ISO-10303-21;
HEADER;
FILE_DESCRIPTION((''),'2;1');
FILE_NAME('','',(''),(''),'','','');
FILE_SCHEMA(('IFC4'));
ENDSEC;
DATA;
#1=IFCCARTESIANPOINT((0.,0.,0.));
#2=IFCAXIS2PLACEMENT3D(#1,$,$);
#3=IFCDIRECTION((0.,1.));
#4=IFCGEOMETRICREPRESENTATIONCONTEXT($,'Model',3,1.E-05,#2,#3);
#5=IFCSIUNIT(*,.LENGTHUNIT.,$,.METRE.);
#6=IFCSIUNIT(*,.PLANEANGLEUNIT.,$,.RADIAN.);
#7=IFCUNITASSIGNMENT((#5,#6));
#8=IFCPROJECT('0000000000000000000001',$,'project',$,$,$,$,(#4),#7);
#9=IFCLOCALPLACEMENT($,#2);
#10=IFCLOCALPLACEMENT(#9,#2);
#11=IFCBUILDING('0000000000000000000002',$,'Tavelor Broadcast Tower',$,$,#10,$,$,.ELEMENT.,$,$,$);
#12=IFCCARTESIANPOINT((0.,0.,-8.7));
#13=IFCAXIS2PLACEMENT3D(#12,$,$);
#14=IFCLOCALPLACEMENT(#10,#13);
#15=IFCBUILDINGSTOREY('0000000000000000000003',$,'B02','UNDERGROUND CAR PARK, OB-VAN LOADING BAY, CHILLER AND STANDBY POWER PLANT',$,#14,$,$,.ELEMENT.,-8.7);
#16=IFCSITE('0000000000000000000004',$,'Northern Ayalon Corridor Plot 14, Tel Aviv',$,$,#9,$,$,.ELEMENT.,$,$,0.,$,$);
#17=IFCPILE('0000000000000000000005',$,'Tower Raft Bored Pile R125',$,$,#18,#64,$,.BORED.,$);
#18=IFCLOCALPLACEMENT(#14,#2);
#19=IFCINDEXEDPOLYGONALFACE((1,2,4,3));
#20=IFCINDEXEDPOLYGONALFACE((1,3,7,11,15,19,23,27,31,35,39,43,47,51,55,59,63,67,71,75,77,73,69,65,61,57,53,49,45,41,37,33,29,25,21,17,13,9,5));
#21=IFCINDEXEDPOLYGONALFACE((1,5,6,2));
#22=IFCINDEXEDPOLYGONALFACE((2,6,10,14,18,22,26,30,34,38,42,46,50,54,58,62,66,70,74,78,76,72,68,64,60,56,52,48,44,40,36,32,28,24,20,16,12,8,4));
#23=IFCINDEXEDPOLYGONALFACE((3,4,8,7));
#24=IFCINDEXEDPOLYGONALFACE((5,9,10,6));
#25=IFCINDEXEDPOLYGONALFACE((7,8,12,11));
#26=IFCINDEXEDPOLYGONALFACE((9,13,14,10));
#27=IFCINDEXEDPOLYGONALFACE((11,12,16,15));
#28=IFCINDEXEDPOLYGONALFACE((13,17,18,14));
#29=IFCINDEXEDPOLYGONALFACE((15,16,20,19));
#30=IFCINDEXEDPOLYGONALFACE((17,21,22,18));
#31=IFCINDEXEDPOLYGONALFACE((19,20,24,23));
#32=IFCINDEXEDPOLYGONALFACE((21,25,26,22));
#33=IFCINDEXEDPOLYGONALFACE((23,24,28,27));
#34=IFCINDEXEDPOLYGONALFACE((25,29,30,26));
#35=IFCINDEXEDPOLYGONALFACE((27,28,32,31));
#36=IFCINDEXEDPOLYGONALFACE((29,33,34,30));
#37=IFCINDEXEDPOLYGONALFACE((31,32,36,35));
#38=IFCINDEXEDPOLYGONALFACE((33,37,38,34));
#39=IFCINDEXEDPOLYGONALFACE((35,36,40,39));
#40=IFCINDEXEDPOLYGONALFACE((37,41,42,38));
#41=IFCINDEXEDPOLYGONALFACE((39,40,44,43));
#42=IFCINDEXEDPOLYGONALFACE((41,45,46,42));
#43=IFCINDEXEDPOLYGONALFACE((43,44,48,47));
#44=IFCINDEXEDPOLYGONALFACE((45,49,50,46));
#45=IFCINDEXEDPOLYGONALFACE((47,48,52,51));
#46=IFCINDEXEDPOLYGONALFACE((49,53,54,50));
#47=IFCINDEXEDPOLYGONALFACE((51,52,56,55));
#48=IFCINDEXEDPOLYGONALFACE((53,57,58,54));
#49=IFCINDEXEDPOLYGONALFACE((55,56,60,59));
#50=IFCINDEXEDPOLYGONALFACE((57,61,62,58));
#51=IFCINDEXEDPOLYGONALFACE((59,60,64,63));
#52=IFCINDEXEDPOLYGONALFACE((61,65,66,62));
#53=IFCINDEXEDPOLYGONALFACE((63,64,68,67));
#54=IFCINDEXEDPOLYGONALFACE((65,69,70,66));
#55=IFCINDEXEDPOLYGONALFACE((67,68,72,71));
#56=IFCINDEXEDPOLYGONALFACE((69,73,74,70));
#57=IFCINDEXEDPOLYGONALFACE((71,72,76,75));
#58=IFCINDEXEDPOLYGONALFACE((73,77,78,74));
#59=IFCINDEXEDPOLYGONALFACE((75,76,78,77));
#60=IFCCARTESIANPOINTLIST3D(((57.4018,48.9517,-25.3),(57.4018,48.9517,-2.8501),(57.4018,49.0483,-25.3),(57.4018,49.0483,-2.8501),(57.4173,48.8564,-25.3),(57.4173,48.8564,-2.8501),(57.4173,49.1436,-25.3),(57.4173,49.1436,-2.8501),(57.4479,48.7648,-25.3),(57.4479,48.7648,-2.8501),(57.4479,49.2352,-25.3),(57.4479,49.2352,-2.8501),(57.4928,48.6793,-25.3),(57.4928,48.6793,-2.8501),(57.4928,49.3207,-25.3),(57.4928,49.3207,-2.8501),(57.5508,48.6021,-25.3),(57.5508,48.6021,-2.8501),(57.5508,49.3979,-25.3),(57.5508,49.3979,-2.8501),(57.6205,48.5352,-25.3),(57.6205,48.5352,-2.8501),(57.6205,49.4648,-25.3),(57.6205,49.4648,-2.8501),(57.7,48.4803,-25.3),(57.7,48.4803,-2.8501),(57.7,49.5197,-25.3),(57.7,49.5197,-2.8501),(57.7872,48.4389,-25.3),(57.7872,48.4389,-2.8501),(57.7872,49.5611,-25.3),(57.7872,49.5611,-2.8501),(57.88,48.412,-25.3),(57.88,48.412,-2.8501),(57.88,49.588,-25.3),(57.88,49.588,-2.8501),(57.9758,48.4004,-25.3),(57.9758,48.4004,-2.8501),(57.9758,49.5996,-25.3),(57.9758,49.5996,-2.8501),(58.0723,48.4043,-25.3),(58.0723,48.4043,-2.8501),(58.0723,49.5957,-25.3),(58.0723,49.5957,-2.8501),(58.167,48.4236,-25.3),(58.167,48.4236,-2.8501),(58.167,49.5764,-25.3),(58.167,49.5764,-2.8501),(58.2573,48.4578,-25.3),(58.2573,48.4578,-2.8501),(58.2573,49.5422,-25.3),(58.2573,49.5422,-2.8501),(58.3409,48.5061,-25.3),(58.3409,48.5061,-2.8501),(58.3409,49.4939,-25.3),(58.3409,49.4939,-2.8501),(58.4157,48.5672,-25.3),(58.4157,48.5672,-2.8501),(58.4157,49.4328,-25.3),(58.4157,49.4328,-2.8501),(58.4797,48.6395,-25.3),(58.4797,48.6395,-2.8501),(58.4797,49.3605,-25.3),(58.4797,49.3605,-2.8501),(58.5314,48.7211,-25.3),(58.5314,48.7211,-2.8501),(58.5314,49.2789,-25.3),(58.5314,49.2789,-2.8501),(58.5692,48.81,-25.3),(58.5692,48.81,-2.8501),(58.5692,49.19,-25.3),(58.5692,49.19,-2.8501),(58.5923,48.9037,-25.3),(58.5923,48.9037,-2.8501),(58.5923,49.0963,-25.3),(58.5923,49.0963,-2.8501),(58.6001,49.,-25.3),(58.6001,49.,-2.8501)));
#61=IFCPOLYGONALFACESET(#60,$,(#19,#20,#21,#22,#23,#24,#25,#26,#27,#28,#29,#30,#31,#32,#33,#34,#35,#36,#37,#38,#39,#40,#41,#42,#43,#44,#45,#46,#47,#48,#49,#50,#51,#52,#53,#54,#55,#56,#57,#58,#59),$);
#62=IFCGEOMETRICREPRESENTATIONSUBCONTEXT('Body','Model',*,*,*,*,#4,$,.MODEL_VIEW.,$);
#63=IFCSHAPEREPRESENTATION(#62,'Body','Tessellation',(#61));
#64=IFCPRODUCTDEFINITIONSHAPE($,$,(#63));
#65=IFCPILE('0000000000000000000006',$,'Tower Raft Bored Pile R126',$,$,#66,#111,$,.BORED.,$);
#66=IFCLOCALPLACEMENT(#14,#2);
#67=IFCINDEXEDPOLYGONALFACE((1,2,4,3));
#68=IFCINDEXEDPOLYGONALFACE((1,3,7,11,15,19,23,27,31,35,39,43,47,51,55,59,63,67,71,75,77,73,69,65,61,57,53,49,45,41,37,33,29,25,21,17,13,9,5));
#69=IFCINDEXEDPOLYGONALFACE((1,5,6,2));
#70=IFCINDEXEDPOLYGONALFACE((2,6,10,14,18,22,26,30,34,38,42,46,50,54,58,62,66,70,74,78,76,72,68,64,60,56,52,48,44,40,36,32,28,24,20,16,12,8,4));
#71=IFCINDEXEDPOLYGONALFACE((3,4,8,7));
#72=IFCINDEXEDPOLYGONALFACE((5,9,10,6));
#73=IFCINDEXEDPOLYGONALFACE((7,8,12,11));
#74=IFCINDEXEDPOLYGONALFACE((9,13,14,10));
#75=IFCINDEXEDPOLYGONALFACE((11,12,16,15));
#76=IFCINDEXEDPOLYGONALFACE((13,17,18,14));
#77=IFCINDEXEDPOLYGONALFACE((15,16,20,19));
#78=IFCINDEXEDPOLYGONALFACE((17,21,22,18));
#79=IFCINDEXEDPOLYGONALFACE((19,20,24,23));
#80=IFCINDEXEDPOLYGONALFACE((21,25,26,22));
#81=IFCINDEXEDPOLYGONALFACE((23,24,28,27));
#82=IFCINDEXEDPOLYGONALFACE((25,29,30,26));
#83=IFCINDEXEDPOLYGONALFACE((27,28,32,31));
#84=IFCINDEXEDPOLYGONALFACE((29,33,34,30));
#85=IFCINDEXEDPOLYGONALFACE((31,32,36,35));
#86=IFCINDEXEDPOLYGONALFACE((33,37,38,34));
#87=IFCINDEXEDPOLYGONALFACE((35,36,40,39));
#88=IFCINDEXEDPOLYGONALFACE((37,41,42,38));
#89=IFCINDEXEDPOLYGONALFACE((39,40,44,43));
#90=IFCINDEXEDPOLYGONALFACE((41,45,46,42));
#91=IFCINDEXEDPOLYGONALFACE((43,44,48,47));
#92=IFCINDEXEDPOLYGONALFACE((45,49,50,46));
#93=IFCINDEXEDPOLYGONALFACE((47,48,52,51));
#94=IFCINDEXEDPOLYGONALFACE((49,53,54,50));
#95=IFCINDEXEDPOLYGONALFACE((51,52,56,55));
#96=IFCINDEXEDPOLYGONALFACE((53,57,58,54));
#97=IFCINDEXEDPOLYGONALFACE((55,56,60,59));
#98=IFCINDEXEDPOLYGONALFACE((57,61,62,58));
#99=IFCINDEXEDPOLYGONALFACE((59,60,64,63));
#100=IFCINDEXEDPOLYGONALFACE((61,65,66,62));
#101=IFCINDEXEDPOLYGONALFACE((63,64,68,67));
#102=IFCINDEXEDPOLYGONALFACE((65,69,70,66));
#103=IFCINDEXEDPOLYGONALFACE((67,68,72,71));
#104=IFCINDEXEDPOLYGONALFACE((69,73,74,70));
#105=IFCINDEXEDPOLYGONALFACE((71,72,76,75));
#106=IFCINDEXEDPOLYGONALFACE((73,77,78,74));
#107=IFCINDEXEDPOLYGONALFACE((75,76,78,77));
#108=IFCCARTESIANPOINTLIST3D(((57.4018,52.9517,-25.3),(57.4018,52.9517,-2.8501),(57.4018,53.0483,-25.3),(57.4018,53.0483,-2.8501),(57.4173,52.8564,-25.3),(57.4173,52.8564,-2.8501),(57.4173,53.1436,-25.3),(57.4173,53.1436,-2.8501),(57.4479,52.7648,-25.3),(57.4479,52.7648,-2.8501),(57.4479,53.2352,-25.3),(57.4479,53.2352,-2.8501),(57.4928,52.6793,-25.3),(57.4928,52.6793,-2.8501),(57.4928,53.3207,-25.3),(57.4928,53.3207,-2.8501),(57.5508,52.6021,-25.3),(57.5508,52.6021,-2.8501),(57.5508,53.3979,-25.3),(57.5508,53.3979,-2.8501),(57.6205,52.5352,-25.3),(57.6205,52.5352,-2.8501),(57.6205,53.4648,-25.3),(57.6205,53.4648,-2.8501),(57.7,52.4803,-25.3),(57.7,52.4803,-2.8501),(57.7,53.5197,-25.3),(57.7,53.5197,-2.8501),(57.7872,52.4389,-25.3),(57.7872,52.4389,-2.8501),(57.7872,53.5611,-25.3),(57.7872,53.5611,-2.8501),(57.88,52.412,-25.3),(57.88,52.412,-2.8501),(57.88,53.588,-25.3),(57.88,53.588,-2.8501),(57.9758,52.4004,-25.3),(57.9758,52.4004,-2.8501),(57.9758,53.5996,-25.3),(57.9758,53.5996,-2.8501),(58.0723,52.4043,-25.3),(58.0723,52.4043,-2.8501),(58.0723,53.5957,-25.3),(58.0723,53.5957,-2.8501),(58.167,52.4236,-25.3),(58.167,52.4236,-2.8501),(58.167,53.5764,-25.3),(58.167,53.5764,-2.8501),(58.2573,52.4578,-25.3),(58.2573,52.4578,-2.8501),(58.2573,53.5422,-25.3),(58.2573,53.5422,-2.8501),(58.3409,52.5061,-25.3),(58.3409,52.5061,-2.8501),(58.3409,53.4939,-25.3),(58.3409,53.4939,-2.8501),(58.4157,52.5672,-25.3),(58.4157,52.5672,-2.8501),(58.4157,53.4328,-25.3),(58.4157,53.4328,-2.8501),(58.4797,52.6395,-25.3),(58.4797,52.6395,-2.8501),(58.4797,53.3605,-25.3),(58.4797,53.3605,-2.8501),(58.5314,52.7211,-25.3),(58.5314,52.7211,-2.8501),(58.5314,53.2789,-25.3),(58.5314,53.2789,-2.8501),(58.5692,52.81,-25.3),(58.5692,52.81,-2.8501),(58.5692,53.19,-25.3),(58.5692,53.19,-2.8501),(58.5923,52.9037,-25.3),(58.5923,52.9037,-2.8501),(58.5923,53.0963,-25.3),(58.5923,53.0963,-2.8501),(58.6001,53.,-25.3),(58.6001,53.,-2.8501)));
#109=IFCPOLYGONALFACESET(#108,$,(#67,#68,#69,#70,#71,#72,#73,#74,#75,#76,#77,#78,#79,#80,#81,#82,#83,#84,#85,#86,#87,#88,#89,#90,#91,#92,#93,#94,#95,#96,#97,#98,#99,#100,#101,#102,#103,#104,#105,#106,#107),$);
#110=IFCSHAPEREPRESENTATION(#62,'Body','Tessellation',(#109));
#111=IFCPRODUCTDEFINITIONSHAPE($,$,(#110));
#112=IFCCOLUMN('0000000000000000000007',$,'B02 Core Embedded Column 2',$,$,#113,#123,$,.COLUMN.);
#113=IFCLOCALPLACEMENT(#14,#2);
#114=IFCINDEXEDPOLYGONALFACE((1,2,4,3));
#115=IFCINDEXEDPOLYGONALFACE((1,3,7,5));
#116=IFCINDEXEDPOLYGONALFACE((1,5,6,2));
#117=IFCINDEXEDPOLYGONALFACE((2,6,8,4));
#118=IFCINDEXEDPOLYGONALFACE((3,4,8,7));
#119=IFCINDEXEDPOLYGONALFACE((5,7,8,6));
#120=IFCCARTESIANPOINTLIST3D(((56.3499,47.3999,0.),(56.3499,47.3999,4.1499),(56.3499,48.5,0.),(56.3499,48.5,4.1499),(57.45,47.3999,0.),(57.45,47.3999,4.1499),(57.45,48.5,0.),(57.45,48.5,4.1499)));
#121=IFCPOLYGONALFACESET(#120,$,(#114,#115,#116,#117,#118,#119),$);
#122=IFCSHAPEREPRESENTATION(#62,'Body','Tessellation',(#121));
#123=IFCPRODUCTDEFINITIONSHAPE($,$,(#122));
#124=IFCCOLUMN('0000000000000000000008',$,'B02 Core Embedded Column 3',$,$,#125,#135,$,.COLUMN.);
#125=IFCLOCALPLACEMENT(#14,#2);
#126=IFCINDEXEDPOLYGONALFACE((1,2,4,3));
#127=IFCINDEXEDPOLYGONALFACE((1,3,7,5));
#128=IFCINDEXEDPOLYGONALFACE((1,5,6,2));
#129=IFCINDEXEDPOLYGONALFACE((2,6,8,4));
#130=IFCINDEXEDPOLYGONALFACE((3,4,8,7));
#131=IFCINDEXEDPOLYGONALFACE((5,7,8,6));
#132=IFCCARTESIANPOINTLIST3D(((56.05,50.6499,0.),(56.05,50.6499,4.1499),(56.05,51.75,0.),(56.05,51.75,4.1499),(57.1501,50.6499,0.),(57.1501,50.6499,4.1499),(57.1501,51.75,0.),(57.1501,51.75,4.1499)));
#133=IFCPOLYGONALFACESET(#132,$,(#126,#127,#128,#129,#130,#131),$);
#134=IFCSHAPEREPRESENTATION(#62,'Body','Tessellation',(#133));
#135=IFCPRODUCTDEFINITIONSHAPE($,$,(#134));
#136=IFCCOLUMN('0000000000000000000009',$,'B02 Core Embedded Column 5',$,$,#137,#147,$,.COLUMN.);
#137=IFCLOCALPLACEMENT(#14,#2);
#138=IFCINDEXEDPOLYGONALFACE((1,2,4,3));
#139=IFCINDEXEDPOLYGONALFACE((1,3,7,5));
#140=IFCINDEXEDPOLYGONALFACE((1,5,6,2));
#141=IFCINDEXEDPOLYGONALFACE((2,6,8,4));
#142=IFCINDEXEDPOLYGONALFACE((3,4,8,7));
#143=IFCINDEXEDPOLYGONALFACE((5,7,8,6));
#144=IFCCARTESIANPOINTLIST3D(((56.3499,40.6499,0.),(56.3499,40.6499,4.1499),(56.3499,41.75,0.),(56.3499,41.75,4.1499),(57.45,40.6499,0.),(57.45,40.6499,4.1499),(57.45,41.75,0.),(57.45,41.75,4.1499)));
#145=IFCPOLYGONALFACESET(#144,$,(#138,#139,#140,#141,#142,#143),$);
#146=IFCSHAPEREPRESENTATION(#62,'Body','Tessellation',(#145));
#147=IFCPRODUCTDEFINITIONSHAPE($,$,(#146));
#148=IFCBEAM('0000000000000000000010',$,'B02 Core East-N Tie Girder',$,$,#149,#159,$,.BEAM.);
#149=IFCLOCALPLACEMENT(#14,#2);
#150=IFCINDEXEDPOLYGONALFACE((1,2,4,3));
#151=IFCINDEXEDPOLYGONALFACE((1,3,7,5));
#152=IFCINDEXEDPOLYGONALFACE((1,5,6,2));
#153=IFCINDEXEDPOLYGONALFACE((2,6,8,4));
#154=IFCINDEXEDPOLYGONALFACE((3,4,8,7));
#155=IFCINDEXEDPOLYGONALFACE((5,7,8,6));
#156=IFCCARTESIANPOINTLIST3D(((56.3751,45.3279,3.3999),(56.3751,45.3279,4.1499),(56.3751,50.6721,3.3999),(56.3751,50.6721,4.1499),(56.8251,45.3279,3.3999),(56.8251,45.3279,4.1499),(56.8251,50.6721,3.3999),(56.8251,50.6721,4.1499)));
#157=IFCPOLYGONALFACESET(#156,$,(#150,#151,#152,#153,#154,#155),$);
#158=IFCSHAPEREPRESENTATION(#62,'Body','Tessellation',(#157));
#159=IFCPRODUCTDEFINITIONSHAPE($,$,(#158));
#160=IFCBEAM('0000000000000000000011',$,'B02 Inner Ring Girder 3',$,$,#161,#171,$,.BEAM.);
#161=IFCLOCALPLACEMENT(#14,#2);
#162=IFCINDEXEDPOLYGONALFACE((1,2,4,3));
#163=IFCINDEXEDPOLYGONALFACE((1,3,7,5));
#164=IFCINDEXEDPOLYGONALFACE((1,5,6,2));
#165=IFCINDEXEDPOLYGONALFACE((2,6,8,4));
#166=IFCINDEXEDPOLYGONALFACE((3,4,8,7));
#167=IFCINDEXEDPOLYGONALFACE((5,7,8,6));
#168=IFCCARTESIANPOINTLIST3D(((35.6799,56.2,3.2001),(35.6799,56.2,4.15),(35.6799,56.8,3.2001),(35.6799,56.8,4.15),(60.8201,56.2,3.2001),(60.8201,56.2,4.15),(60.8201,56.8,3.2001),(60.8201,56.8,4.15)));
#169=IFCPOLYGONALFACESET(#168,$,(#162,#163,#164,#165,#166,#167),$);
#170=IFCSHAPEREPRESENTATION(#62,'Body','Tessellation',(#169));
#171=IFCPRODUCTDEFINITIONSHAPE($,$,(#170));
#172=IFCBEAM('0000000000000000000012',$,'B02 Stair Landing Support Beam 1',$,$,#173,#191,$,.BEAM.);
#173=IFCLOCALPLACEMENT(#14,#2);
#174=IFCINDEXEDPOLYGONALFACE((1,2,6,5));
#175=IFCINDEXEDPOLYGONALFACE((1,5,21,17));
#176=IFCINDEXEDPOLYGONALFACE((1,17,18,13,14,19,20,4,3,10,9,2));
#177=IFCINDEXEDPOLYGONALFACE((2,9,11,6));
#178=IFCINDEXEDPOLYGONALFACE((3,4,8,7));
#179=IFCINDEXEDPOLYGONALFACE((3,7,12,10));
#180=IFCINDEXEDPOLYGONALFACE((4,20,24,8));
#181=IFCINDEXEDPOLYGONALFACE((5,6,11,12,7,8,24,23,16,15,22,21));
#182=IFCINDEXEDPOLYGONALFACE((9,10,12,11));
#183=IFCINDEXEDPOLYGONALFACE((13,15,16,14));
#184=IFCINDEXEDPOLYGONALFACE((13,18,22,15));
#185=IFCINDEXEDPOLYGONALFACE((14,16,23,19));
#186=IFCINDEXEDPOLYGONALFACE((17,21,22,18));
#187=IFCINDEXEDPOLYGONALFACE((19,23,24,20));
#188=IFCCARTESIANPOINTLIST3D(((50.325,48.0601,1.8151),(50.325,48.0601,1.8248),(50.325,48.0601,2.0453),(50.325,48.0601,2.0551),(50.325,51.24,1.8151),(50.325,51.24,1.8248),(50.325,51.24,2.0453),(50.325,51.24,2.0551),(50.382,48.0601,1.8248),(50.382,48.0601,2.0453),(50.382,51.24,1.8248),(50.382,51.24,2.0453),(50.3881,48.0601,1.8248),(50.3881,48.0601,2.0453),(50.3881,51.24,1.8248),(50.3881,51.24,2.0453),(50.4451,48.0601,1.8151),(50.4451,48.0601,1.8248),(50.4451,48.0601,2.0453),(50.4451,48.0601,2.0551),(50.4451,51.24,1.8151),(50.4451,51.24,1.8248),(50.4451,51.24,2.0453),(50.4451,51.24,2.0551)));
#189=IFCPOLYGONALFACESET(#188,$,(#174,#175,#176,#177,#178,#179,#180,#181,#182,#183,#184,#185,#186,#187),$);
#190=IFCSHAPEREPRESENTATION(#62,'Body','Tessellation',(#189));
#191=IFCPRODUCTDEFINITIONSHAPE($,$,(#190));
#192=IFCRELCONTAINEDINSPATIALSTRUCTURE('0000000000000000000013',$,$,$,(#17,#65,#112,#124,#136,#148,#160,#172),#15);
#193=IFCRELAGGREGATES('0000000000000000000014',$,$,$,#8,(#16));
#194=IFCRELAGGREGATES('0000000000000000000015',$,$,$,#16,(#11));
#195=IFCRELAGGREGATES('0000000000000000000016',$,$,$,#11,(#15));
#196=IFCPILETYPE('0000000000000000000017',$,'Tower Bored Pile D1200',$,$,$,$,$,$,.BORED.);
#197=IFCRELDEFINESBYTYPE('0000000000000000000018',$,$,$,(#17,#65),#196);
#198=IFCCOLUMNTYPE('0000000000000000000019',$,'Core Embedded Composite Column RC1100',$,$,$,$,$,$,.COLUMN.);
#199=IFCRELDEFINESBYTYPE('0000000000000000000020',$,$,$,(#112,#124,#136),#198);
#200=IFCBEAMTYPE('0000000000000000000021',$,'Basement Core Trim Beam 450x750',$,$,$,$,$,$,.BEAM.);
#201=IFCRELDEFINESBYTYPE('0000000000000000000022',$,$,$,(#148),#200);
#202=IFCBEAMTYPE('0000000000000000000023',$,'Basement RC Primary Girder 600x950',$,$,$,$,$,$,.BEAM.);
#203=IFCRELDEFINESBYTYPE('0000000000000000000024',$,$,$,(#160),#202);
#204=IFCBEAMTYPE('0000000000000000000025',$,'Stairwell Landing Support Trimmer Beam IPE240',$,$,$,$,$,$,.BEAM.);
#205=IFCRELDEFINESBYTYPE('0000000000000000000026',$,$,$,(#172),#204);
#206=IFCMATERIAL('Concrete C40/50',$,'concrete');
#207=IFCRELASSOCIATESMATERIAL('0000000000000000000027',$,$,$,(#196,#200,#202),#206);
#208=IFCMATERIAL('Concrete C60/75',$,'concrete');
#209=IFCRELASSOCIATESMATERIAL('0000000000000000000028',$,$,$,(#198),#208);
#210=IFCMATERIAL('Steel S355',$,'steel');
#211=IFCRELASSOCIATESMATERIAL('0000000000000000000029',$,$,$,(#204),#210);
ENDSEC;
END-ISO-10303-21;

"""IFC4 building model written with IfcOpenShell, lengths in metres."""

from ifc_helpers import new_model, si_unit, direction, frame, origin, origin_2d, place, context, subcontext, project, spatial, rectangle, circle, i_section, extrude, material, material_profile, profile_set, type_object, element, save


model = new_model("IFC4")

# Units and contexts
model_context = context("Model", 3, precision=1e-05, world=origin(), true_north=direction((0.0, 1.0)))
body_context = subcontext(model_context, "Body", "Model", "MODEL_VIEW")
ifc_project = project(units=[si_unit("LENGTHUNIT", "METRE"), si_unit("PLANEANGLEUNIT", "RADIAN")], contexts=[model_context])

# Site, building, storey
site_placement = place(None, origin())
site = spatial("IfcSite", under=ifc_project, at=site_placement, Name="Northern Ayalon Corridor Plot 14, Tel Aviv", CompositionType="ELEMENT", RefElevation=0.0)
building_placement = place(site_placement, origin())
building = spatial("IfcBuilding", under=site, at=building_placement, Name="Tavelor Broadcast Tower", CompositionType="ELEMENT")
storey_placement = place(building_placement, frame((0.0, 0.0, -8.7)))
storey = spatial("IfcBuildingStorey", under=building, at=storey_placement, Name="B02", Description="UNDERGROUND CAR PARK, OB-VAN LOADING BAY, CHILLER AND STANDBY POWER PLANT", CompositionType="ELEMENT", Elevation=-8.7)

# Piles
ifc_material_1 = material(Name="Concrete C40/50", Category="concrete")
ifc_material_profile_1 = material_profile(ifc_material_1, circle(Radius=0.6001, at=origin_2d()), Name="PILE D1200")
ifc_profile_set_1 = profile_set([ifc_material_profile_1], Name="Concrete C40/50")
pile_type = type_object("IfcPileType", Name="Tower Bored Pile D1200", PredefinedType="BORED", material=ifc_profile_set_1)
for number, where, z_axis, x_axis, name in (
    (1, (58.0, 49.0, -2.8501), (0.0, 0.0, -1.0), (1.0, 0.0, 0.0), "Tower Raft Bored Pile R125"),
    (2, (58.0, 53.0, -2.8501), (0.0, 0.0, -1.0), (1.0, 0.0, 0.0), "Tower Raft Bored Pile R126"),
):
    element("IfcPile", number, at=place(storey_placement, frame(where, z_axis=z_axis, x_axis=x_axis)), inside=storey, type_object=pile_type, Name=name, PredefinedType="BORED", context=body_context, shape_type="SweptSolid", body=[
        extrude(circle(Radius=0.6001, at=origin_2d()), origin(), (0.0, 0.0, 1.0), 22.45),
    ])

# Columns
ifc_material_2 = material(Name="Concrete C60/75", Category="concrete")
ifc_material_profile_2 = material_profile(ifc_material_2, rectangle(XDim=1.1001, YDim=1.1001, at=origin_2d()), Name="RC 1100x1100")
ifc_profile_set_2 = profile_set([ifc_material_profile_2], Name="Concrete C60/75")
column_type = type_object("IfcColumnType", Name="Core Embedded Composite Column RC1100", PredefinedType="COLUMN", material=ifc_profile_set_2)
for number, where, z_axis, x_axis, name in (
    (3, (56.8999, 47.95, 0.0), (0.0, 0.0, 1.0), (1.0, 0.0, 0.0), "B02 Core Embedded Column 2"),
    (4, (56.6001, 51.2, 0.0), (0.0, 0.0, 1.0), (1.0, 0.0, 0.0), "B02 Core Embedded Column 3"),
    (5, (56.8999, 41.2, 0.0), (0.0, 0.0, 1.0), (1.0, 0.0, 0.0), "B02 Core Embedded Column 5"),
):
    element("IfcColumn", number, at=place(storey_placement, frame(where, z_axis=z_axis, x_axis=x_axis)), inside=storey, type_object=column_type, Name=name, PredefinedType="COLUMN", context=body_context, shape_type="SweptSolid", body=[
        extrude(rectangle(XDim=1.1001, YDim=1.1001, at=origin_2d()), origin(), (0.0, 0.0, 1.0), 4.1499),
    ])

# Beams
ifc_material_profile_3 = material_profile(ifc_material_1, rectangle(XDim=0.45, YDim=0.75, at=origin_2d()), Name="RC 450x750")
ifc_profile_set_3 = profile_set([ifc_material_profile_3], Name="Concrete C40/50")
beam_type_1 = type_object("IfcBeamType", Name="Basement Core Trim Beam 450x750", PredefinedType="BEAM", material=ifc_profile_set_3)
beam_1_placement = place(storey_placement, frame((56.6001, 45.3279, 3.7749), z_axis=(0.0, 1.0, 0.0), x_axis=(-1.0, 0.0, 0.0)))
element("IfcBeam", 6, at=beam_1_placement, inside=storey, type_object=beam_type_1, Name="B02 Core East-N Tie Girder", PredefinedType="BEAM", context=body_context, shape_type="SweptSolid", body=[
    extrude(rectangle(XDim=0.45, YDim=0.75, at=origin_2d()), origin(), (0.0, 0.0, 1.0), 5.3442),
])
ifc_material_profile_4 = material_profile(ifc_material_1, rectangle(XDim=0.6001, YDim=0.95, at=origin_2d()), Name="RC 600x950")
ifc_profile_set_4 = profile_set([ifc_material_profile_4], Name="Concrete C40/50")
beam_type_2 = type_object("IfcBeamType", Name="Basement RC Primary Girder 600x950", PredefinedType="BEAM", material=ifc_profile_set_4)
beam_2_placement = place(storey_placement, frame((60.8201, 56.5, 3.675), z_axis=(-1.0, 0.0, 0.0), x_axis=(0.0, -1.0, 0.0)))
element("IfcBeam", 7, at=beam_2_placement, inside=storey, type_object=beam_type_2, Name="B02 Inner Ring Girder 3", PredefinedType="BEAM", context=body_context, shape_type="SweptSolid", body=[
    extrude(rectangle(XDim=0.6001, YDim=0.95, at=origin_2d()), origin(), (0.0, 0.0, 1.0), 25.1401),
])
ifc_material_3 = material(Name="Steel S355", Category="steel")
ifc_material_profile_5 = material_profile(ifc_material_3, i_section(OverallWidth=0.1201, OverallDepth=0.24, WebThickness=0.0061, FlangeThickness=0.0098, at=origin_2d()), Name="IPE 240")
ifc_profile_set_5 = profile_set([ifc_material_profile_5], Name="Steel S355")
beam_type_3 = type_object("IfcBeamType", Name="Stairwell Landing Support Trimmer Beam IPE240", PredefinedType="BEAM", material=ifc_profile_set_5)
for number, where, z_axis, x_axis, name in (
    (8, (50.385, 48.0601, 1.9351), (0.0, 1.0, 0.0), (-1.0, 0.0, 0.0), "B02 Stair Landing Support Beam 1"),
):
    element("IfcBeam", number, at=place(storey_placement, frame(where, z_axis=z_axis, x_axis=x_axis)), inside=storey, type_object=beam_type_3, Name=name, PredefinedType="BEAM", context=body_context, shape_type="SweptSolid", body=[
        extrude(i_section(OverallWidth=0.1201, OverallDepth=0.24, WebThickness=0.0061, FlangeThickness=0.0098, at=origin_2d()), origin(), (0.0, 0.0, 1.0), 3.1799),
    ])

save(model, "model.ifc")
